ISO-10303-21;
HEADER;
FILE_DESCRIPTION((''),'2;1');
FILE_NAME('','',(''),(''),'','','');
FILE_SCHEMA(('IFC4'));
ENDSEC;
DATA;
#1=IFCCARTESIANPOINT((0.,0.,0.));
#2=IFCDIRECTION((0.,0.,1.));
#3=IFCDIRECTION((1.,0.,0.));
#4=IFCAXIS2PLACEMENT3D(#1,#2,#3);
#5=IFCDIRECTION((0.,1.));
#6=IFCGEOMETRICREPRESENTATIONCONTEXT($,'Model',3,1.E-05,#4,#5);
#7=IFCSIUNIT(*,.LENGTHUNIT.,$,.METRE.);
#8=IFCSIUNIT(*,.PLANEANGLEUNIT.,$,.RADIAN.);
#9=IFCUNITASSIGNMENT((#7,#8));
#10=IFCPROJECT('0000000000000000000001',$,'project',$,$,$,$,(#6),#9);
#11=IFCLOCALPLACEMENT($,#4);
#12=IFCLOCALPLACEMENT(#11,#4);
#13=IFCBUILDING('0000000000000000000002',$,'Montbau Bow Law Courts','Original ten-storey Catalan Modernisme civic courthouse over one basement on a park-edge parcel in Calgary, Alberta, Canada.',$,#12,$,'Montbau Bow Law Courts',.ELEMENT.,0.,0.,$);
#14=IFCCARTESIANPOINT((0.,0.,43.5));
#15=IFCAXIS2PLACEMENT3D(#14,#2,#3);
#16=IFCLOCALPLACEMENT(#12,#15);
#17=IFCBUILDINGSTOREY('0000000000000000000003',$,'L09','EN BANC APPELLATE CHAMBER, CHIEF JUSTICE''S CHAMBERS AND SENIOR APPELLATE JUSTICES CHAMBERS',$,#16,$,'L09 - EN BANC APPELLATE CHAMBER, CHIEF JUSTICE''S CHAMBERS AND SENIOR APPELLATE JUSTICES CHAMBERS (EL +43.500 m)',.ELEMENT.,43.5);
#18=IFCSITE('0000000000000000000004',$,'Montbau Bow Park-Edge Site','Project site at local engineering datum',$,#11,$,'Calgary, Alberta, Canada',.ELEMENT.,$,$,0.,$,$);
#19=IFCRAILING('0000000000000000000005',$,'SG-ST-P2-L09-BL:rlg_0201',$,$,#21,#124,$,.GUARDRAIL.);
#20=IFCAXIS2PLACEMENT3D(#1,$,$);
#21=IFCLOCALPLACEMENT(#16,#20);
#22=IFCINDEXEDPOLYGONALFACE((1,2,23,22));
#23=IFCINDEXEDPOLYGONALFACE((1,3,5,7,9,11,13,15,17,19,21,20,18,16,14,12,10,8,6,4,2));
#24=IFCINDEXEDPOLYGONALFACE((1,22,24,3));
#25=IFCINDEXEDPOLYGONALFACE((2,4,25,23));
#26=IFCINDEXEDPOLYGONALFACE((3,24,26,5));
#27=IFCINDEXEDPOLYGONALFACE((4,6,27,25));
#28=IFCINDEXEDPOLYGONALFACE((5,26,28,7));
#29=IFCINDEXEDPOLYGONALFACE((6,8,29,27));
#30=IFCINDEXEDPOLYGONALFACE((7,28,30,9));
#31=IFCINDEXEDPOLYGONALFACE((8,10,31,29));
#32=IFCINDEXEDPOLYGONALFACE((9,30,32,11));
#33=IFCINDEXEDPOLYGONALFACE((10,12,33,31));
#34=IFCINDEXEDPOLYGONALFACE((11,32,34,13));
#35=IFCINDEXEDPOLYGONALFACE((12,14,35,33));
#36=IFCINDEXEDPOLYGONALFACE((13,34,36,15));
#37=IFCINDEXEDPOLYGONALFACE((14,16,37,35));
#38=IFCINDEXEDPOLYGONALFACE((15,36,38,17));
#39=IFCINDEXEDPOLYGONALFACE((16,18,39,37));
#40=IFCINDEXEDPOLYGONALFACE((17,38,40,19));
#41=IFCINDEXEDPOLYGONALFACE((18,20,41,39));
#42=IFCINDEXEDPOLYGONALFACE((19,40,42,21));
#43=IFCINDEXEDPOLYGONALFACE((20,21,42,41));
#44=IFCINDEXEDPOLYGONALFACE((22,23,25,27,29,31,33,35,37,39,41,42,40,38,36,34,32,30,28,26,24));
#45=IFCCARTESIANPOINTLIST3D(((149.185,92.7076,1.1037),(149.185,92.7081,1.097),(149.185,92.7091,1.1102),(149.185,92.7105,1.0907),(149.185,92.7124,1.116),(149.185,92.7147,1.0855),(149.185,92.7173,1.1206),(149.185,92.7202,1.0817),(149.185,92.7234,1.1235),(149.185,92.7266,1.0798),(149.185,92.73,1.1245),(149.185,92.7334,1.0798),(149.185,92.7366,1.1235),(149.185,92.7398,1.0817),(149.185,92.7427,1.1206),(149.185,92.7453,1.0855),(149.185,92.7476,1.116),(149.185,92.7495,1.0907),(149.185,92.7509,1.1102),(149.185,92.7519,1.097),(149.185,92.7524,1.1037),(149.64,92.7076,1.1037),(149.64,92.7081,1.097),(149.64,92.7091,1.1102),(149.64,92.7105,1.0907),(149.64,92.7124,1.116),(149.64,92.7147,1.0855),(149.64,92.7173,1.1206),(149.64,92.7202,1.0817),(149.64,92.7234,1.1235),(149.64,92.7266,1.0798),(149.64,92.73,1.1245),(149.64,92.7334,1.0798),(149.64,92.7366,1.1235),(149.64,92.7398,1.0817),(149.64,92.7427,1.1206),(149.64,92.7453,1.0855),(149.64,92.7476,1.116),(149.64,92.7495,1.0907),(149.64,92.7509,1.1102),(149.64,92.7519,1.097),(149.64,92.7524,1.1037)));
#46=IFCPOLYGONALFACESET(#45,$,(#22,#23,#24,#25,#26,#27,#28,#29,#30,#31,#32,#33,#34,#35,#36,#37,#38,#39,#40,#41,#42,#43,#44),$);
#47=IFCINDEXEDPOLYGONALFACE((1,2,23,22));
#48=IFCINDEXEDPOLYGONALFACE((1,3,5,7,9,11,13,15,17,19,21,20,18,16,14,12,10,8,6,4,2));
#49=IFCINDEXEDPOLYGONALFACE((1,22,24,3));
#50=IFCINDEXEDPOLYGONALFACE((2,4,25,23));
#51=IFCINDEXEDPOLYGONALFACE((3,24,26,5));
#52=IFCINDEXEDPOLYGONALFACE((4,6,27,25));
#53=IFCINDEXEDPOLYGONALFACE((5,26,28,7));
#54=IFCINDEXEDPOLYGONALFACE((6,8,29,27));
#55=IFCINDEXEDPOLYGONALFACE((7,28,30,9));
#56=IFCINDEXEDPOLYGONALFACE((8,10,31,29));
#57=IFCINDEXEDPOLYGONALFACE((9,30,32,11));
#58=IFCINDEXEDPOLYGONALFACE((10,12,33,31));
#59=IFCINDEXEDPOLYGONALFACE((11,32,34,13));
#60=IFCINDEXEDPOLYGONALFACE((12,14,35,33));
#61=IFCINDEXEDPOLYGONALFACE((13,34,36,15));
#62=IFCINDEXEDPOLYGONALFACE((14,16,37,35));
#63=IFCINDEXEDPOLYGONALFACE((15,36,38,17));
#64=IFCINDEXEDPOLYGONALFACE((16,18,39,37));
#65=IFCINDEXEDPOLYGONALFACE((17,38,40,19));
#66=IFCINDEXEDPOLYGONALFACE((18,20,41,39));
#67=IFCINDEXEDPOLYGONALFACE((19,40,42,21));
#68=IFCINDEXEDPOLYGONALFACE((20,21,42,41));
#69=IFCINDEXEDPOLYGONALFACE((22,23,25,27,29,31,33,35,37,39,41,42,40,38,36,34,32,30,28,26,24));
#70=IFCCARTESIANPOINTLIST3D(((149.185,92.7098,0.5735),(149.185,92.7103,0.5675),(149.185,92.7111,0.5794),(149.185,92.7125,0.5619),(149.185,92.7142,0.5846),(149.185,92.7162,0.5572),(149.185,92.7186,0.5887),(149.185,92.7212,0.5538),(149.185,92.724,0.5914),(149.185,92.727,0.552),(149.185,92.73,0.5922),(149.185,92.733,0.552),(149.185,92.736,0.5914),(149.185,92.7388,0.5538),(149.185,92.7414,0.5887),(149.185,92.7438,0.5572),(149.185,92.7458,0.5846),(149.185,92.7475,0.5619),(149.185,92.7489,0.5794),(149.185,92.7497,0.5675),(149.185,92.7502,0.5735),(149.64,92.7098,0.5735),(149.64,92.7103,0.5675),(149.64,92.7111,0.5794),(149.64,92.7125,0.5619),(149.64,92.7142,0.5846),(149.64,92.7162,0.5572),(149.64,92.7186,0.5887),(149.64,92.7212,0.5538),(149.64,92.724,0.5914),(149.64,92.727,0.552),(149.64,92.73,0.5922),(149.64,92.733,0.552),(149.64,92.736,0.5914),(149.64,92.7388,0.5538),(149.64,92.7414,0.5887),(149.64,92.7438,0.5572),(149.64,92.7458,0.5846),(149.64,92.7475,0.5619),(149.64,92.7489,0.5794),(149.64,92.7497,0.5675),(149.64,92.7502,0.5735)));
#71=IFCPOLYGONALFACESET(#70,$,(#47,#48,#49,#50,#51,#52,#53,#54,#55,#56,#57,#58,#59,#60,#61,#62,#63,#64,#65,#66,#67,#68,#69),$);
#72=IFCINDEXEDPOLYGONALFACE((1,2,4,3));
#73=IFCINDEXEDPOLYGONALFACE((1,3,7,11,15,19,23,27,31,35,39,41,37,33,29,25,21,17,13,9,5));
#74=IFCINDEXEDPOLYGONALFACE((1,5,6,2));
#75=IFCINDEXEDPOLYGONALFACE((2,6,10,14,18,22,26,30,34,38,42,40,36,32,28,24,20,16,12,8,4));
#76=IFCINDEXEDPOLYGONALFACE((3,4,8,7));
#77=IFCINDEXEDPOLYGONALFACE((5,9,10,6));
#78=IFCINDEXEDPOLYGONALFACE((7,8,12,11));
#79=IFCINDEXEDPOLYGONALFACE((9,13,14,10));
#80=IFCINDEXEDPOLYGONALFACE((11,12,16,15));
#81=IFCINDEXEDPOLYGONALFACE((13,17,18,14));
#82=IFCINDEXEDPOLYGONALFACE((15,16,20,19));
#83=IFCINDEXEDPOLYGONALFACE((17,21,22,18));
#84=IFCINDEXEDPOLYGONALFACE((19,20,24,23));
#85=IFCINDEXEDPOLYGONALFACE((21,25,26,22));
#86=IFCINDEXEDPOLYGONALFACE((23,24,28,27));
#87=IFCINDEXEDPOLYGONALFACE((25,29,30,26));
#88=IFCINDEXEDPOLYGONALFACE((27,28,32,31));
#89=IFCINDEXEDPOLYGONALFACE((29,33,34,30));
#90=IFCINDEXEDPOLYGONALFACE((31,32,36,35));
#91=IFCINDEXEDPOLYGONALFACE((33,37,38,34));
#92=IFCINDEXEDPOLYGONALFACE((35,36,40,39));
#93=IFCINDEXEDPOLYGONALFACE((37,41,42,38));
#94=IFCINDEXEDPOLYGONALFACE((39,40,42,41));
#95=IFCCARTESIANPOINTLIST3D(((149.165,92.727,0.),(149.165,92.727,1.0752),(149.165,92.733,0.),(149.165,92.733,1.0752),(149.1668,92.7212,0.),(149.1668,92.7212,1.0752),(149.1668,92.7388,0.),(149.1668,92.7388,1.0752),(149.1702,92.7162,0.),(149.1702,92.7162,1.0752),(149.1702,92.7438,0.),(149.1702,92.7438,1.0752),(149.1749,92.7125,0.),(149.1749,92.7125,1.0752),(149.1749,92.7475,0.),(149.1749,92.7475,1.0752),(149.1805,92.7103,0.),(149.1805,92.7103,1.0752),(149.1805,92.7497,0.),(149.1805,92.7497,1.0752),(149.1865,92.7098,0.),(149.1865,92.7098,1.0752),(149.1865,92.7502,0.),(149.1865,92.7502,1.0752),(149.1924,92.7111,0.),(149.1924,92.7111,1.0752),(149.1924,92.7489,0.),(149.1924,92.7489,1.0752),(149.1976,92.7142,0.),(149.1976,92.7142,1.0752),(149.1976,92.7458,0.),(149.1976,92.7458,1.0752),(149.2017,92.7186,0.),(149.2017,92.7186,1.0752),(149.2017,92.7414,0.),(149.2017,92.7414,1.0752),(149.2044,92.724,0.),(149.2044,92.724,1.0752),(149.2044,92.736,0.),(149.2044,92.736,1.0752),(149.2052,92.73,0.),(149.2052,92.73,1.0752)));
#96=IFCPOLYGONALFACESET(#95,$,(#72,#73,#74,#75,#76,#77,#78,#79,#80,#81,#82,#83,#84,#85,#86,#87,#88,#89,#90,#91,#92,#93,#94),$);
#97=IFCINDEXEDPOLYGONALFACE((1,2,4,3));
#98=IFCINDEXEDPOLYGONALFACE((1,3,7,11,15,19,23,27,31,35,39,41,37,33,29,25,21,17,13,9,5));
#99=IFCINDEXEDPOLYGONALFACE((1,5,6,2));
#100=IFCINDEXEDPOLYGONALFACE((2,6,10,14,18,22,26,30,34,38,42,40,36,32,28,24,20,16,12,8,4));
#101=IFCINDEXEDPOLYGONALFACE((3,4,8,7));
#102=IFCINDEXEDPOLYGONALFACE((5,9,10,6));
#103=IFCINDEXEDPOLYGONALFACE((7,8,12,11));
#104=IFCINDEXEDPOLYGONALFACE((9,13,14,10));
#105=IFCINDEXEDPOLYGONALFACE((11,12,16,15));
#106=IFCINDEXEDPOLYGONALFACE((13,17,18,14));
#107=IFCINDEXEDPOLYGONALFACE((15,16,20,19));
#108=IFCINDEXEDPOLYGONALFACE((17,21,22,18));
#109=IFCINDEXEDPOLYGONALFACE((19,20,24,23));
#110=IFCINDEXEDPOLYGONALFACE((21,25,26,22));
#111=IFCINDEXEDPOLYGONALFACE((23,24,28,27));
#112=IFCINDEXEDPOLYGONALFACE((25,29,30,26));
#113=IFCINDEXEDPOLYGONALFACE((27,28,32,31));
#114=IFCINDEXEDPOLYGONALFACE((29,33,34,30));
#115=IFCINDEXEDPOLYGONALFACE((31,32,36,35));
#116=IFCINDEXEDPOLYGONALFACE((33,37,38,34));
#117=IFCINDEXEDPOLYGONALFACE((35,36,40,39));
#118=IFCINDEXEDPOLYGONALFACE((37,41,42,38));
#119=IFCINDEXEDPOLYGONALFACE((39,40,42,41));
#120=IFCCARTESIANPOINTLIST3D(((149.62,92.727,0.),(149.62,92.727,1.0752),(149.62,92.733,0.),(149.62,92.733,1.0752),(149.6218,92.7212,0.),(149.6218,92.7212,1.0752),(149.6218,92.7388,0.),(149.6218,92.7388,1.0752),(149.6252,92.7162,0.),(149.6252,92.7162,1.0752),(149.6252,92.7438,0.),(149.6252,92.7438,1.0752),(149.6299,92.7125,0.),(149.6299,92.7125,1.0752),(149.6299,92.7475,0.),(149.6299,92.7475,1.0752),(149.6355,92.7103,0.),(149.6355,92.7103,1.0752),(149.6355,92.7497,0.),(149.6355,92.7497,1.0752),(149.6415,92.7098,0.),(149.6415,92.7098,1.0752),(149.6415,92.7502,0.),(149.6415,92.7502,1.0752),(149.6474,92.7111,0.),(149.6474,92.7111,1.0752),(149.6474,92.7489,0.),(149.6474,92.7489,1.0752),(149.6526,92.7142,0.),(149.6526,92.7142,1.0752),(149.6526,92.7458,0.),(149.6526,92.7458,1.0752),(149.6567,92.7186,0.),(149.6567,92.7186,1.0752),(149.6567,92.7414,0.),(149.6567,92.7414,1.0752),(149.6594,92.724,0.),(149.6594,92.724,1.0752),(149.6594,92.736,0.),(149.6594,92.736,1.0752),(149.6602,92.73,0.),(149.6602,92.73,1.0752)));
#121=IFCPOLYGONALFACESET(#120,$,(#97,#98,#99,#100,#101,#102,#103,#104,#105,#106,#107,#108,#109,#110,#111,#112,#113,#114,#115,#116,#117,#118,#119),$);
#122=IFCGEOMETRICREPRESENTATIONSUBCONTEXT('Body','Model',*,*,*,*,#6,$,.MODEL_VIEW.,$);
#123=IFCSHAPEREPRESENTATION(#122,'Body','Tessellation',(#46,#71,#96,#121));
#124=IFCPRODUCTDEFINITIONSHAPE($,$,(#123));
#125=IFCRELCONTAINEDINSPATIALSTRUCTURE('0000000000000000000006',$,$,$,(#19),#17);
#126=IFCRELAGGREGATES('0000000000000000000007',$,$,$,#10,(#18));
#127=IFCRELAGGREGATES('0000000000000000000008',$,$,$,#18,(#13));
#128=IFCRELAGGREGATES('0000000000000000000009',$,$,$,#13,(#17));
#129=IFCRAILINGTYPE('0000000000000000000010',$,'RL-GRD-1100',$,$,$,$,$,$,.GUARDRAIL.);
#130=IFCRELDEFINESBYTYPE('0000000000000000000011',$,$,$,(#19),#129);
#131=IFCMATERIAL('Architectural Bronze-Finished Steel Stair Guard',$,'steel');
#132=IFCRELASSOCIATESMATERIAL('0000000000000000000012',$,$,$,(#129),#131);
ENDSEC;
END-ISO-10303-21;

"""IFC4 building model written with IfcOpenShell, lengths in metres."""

from ifc_helpers import new_model, si_unit, direction, frame, origin_with_axes, origin_2d_with_axis, place, context, subcontext, project, spatial, circle, extrude, material, type_object, element, save


model = new_model("IFC4")

# Units and contexts
model_context = context("Model", 3, precision=1e-05, world=origin_with_axes(), true_north=direction((0.0, 1.0)))
body_context = subcontext(model_context, "Body", "Model", "MODEL_VIEW")
ifc_project = project(units=[si_unit("LENGTHUNIT", "METRE"), si_unit("PLANEANGLEUNIT", "RADIAN")], contexts=[model_context])

# Site, building, storey
site_placement = place(None, origin_with_axes())
site = spatial("IfcSite", under=ifc_project, at=site_placement, Name="Montbau Bow Park-Edge Site", Description="Project site at local engineering datum", LongName="Calgary, Alberta, Canada", CompositionType="ELEMENT", RefElevation=0.0)
building_placement = place(site_placement, origin_with_axes())
building = spatial("IfcBuilding", under=site, at=building_placement, Name="Montbau Bow Law Courts", Description="Original ten-storey Catalan Modernisme civic courthouse over one basement on a park-edge parcel in Calgary, Alberta, Canada.", LongName="Montbau Bow Law Courts", CompositionType="ELEMENT", ElevationOfRefHeight=0.0, ElevationOfTerrain=0.0)
storey_placement = place(building_placement, frame((0.0, 0.0, 43.5), z_axis=(0.0, 0.0, 1.0), x_axis=(1.0, 0.0, 0.0)))
storey = spatial("IfcBuildingStorey", under=building, at=storey_placement, Name="L09", Description="EN BANC APPELLATE CHAMBER, CHIEF JUSTICE'S CHAMBERS AND SENIOR APPELLATE JUSTICES CHAMBERS", LongName="L09 - EN BANC APPELLATE CHAMBER, CHIEF JUSTICE'S CHAMBERS AND SENIOR APPELLATE JUSTICES CHAMBERS (EL +43.500 m)", CompositionType="ELEMENT", Elevation=43.5)

# Railing
ifc_material_1 = material(Name="Architectural Bronze-Finished Steel Stair Guard", Category="steel")
railing_type_1 = type_object("IfcRailingType", Name="RL-GRD-1100", PredefinedType="GUARDRAIL", material=ifc_material_1)
railing_1_placement = place(None, origin_with_axes())
element("IfcRailing", 1, at=railing_1_placement, inside=storey, type_object=railing_type_1, Name="SG-ST-P2-L09-BL:rlg_0201", PredefinedType="GUARDRAIL", context=body_context, shape_type="SweptSolid", body=[
    extrude(circle(Radius=0.0225, at=origin_2d_with_axis()), frame((149.185, 92.73, 44.602), z_axis=(1.0, 0.0, 0.0), x_axis=(0.0, 0.0, 1.0)), (0.0, 0.0, 1.0), 0.455),
    extrude(circle(Radius=0.0203, at=origin_2d_with_axis()), frame((149.185, 92.73, 44.072), z_axis=(1.0, 0.0, 0.0), x_axis=(0.0, 0.0, 1.0)), (0.0, 0.0, 1.0), 0.455),
    extrude(circle(Radius=0.0203, at=origin_2d_with_axis()), frame((149.185, 92.73, 43.5), z_axis=(0.0, 0.0, 1.0), x_axis=(1.0, 0.0, 0.0)), (0.0, 0.0, 1.0), 1.0753),
    extrude(circle(Radius=0.0203, at=origin_2d_with_axis()), frame((149.64, 92.73, 43.5), z_axis=(0.0, 0.0, 1.0), x_axis=(1.0, 0.0, 0.0)), (0.0, 0.0, 1.0), 1.0753),
])

save(model, "model.ifc")
